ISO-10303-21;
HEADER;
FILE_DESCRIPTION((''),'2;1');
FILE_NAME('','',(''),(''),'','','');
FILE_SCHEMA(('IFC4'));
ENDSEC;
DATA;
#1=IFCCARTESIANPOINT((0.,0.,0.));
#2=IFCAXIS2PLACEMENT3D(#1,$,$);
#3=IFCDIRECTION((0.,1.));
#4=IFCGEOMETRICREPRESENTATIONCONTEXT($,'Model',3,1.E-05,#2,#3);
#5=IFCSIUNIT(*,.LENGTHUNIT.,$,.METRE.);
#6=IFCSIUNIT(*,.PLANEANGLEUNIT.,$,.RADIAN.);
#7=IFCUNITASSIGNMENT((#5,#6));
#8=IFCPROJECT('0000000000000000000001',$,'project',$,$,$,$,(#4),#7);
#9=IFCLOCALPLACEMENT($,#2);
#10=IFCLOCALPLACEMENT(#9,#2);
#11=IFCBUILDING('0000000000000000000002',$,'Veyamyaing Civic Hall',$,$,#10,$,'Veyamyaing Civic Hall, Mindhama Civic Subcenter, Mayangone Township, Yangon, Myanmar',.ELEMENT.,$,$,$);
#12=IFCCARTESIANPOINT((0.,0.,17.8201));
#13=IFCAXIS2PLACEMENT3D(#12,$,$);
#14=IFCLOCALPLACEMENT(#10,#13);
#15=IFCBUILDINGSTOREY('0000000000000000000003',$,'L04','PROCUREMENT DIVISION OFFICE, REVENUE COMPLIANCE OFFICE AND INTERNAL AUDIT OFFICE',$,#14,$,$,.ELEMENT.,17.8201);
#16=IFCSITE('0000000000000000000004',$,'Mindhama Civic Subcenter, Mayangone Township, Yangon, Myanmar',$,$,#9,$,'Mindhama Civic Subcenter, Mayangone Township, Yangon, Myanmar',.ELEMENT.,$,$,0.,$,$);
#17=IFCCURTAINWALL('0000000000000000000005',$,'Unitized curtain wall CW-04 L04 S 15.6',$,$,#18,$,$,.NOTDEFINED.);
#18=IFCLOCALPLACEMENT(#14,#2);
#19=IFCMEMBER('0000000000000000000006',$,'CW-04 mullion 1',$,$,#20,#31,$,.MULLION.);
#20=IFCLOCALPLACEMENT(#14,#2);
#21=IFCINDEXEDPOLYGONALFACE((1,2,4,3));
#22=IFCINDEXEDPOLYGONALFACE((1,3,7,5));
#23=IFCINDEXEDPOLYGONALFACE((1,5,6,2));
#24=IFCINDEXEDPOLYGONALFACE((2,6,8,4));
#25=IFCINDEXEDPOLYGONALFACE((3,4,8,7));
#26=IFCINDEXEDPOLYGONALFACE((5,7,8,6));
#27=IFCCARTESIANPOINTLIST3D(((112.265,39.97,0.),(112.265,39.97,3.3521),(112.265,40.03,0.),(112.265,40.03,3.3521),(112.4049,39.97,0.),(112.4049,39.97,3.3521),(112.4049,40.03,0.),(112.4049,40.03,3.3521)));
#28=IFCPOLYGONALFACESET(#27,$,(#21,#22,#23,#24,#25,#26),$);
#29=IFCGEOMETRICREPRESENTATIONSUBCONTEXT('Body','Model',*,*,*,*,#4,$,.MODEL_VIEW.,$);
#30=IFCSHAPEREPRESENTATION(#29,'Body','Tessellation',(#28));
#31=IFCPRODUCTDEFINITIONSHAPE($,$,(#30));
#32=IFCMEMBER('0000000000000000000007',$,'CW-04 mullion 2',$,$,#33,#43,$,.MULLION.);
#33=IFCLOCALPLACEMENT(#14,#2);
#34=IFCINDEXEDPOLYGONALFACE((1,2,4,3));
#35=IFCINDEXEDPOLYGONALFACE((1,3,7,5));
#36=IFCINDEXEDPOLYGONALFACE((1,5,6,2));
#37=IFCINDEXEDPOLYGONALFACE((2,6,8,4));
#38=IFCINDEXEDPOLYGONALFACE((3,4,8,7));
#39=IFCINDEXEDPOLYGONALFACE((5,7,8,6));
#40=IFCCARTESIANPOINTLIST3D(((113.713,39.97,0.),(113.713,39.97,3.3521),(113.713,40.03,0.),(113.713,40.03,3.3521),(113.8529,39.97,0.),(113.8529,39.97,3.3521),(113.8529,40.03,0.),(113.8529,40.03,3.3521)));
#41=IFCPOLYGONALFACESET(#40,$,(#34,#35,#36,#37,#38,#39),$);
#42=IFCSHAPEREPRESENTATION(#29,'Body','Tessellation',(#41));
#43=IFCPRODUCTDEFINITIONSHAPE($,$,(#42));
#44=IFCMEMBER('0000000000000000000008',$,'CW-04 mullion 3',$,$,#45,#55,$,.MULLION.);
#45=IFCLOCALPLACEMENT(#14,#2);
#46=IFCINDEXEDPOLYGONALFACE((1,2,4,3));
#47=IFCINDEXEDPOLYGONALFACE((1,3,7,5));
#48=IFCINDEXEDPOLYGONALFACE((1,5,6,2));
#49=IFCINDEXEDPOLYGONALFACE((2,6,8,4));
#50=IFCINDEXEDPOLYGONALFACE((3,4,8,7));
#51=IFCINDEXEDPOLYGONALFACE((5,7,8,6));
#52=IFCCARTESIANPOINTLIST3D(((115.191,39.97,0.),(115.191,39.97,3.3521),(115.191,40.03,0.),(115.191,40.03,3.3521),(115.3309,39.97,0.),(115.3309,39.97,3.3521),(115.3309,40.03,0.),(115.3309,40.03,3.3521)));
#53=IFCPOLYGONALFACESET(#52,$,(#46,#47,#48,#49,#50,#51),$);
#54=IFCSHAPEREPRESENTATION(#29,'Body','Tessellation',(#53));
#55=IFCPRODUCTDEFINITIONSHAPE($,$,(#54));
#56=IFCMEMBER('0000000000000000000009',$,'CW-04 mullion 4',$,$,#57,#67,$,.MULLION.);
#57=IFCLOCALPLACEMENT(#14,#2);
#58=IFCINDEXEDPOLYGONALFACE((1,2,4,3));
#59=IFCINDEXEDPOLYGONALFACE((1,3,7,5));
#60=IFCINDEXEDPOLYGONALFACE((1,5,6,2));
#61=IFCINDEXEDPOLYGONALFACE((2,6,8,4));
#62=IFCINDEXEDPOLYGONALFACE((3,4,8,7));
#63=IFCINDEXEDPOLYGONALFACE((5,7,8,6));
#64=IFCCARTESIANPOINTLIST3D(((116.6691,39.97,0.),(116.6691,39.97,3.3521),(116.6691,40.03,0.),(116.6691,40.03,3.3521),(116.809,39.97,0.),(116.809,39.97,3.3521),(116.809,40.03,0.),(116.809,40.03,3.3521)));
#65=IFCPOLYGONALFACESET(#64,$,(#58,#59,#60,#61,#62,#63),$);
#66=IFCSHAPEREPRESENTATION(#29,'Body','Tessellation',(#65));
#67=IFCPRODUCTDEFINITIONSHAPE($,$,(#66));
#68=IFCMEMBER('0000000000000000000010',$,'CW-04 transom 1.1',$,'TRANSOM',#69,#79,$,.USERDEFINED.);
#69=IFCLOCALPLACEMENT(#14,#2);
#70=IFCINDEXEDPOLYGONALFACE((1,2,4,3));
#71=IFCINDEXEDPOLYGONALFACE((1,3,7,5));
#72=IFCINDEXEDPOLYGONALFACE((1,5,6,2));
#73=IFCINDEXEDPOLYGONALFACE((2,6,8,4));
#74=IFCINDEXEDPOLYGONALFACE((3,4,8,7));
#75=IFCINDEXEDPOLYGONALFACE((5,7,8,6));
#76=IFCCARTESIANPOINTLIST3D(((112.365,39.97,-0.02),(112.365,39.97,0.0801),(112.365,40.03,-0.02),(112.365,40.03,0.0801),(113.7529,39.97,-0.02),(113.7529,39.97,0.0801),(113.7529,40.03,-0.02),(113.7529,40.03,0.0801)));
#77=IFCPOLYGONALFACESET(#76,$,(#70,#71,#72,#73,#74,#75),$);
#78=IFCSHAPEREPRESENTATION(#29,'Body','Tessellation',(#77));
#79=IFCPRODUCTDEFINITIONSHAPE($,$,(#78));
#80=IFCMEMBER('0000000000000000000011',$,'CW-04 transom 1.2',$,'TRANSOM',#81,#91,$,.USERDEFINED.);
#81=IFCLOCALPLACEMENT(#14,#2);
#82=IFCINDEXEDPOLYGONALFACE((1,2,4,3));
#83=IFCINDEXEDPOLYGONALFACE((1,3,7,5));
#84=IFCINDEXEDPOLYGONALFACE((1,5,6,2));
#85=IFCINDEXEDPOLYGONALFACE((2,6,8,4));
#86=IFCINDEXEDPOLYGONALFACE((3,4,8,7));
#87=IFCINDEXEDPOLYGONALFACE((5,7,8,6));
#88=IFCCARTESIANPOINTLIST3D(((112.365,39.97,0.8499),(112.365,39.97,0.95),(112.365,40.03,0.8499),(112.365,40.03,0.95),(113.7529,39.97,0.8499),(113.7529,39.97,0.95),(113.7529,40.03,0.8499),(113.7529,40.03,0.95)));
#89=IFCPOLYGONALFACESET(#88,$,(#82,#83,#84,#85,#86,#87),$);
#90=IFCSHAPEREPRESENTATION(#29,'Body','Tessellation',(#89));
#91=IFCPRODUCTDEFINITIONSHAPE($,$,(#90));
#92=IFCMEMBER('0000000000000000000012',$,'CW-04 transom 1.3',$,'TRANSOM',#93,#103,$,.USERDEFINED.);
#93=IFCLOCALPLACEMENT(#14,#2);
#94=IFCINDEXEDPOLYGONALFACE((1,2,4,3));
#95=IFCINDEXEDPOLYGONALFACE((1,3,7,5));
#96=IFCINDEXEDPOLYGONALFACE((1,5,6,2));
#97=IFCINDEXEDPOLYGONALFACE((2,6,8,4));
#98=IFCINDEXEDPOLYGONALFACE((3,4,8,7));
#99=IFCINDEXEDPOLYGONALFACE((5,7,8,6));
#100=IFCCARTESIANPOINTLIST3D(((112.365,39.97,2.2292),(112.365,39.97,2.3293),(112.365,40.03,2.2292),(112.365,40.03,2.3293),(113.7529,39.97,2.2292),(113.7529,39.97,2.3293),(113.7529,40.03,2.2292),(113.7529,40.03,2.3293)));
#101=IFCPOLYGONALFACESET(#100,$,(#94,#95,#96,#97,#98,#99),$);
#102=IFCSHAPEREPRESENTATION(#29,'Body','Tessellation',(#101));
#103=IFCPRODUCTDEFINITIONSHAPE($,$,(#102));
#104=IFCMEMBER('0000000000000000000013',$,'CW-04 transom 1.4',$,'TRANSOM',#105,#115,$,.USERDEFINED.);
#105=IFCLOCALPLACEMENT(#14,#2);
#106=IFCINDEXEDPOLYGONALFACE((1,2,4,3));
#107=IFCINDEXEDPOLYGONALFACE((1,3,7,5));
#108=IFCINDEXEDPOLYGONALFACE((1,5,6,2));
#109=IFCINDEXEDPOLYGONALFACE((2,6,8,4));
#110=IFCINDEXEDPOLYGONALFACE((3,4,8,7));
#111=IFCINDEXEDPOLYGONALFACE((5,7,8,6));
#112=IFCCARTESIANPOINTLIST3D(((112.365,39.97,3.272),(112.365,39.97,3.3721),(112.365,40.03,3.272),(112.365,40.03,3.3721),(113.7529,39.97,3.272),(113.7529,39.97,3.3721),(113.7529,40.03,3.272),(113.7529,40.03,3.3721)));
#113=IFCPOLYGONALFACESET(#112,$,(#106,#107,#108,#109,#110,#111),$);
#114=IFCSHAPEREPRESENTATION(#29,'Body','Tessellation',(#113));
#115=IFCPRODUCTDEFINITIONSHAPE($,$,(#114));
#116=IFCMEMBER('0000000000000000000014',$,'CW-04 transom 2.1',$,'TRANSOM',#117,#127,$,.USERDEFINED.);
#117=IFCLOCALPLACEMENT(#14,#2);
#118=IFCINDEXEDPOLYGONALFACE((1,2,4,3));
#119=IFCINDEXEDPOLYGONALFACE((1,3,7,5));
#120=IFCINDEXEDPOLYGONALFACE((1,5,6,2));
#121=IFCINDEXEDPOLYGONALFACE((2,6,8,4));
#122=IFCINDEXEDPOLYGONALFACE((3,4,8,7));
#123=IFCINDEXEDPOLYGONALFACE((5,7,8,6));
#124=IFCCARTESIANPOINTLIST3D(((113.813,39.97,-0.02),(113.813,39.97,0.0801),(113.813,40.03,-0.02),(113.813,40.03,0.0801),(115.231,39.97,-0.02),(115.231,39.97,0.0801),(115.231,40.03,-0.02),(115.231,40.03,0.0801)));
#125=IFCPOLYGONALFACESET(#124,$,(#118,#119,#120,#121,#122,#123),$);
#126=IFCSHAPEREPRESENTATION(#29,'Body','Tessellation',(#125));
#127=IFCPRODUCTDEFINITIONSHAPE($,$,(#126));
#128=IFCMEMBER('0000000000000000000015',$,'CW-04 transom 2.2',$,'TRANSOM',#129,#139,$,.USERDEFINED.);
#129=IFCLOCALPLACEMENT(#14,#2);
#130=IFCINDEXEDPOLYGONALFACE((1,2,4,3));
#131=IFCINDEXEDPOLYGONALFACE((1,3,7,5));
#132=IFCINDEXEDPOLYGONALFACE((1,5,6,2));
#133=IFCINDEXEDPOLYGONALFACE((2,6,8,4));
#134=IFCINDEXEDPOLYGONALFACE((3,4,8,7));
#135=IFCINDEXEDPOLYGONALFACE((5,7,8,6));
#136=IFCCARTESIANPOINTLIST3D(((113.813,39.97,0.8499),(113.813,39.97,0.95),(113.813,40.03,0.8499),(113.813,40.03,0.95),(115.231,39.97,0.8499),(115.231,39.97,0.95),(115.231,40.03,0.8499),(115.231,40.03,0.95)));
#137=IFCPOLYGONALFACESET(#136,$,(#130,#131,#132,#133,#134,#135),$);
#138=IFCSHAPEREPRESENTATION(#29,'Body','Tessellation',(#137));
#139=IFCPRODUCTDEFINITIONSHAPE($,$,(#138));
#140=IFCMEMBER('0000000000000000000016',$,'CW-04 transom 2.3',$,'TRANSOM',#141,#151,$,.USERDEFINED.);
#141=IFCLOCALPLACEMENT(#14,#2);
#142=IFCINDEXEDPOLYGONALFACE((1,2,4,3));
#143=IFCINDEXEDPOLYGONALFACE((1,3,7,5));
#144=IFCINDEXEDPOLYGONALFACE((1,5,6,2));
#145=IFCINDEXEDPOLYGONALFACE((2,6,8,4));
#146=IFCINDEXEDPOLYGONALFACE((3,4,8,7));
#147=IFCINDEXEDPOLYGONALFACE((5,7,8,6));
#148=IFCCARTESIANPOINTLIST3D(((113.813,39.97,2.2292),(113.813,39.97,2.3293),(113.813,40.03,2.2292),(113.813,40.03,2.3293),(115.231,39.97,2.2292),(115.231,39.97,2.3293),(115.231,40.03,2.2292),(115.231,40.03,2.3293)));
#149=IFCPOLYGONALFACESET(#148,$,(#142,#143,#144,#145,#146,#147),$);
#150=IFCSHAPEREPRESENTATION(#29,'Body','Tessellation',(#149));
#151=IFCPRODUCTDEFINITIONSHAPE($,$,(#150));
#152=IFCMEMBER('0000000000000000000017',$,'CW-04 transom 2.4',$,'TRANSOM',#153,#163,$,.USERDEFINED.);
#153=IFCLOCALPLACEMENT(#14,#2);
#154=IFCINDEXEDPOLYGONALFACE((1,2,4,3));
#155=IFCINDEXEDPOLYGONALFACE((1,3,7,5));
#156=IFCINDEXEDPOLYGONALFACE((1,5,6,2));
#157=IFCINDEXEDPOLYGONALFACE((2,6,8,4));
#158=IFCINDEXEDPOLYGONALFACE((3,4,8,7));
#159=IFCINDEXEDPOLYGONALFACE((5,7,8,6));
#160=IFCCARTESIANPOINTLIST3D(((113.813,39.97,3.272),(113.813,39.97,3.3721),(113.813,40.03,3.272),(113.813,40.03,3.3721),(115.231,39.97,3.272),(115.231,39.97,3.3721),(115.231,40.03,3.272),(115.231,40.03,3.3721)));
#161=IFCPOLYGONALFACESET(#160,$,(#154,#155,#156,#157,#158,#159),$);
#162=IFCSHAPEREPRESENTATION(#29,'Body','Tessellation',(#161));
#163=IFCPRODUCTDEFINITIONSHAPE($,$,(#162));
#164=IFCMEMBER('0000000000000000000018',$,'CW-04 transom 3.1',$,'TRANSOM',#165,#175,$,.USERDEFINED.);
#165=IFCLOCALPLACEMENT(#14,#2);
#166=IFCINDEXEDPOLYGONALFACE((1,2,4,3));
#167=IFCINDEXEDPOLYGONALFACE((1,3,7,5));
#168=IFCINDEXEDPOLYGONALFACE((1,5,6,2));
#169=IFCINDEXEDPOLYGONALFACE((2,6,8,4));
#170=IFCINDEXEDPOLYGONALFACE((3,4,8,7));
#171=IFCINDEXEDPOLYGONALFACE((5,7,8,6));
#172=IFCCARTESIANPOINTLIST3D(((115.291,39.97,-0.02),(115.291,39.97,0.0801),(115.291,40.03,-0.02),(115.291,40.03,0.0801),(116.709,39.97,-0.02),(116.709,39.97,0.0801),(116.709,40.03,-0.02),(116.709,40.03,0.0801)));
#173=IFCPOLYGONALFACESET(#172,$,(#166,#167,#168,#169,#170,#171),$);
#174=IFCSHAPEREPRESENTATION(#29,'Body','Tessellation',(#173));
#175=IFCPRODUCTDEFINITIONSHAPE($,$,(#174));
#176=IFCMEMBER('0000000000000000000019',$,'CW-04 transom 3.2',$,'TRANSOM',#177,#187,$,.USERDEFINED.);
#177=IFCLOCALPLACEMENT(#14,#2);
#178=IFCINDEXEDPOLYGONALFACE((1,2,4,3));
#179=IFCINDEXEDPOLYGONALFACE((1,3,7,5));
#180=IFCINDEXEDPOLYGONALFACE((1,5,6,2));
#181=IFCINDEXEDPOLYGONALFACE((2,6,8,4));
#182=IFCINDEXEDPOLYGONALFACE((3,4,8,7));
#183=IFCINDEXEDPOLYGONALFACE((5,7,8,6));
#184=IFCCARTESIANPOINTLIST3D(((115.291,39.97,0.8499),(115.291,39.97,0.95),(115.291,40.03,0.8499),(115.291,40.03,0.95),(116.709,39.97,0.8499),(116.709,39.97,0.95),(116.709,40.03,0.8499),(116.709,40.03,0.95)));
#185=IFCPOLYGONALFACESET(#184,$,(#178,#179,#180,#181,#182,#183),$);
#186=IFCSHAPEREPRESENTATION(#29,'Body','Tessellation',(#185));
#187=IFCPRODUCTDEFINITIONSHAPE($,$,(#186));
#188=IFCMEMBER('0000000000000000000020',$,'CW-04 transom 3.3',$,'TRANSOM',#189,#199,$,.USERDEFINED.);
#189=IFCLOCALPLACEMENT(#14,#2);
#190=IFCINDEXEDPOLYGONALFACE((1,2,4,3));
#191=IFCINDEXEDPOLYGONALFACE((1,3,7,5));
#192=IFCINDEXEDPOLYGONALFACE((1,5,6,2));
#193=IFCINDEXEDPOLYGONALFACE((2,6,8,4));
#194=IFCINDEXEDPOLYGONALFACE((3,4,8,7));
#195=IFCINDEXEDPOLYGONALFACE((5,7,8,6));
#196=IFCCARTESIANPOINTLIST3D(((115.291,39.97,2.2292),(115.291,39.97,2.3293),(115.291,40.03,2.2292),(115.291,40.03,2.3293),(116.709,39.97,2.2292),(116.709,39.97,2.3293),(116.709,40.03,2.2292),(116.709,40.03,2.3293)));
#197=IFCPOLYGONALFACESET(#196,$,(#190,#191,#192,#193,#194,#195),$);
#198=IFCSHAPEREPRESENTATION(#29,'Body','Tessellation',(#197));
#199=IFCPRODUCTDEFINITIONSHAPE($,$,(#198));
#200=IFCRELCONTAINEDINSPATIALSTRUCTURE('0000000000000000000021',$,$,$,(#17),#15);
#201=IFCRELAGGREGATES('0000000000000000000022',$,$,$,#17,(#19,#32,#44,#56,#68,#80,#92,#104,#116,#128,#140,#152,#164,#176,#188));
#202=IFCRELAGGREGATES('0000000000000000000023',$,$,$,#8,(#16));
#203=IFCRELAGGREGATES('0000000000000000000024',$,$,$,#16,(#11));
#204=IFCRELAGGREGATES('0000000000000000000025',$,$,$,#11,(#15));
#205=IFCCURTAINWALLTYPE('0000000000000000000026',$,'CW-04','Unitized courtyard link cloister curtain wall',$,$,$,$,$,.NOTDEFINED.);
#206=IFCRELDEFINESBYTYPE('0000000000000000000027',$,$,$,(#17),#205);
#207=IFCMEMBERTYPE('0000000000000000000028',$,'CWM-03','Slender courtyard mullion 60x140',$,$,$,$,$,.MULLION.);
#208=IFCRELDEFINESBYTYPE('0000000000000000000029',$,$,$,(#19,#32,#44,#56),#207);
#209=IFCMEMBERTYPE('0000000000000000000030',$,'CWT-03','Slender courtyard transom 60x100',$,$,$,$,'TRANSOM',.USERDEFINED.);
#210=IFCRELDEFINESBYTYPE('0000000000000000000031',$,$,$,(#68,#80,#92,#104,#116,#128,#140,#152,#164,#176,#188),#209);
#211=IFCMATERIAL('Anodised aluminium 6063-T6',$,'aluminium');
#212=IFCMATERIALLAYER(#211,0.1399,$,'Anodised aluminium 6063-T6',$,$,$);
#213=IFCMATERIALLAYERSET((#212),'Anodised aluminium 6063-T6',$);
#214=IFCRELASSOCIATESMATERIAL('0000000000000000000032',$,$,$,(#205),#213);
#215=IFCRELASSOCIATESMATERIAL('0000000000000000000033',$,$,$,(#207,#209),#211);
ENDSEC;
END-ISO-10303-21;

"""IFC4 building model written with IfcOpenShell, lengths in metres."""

from ifc_helpers import new_model, si_unit, direction, frame, origin, origin_2d, place, context, subcontext, project, spatial, rectangle, extrude, material, layer, layer_set, material_profile, profile_set, type_object, element, aggregate, save


model = new_model("IFC4")

# Units and contexts
model_context = context("Model", 3, precision=1e-05, world=origin(), true_north=direction((0.0, 1.0)))
body_context = subcontext(model_context, "Body", "Model", "MODEL_VIEW")
ifc_project = project(units=[si_unit("LENGTHUNIT", "METRE"), si_unit("PLANEANGLEUNIT", "RADIAN")], contexts=[model_context])

# Site, building, storey
site_placement = place(None, origin())
site = spatial("IfcSite", under=ifc_project, at=site_placement, Name="Mindhama Civic Subcenter, Mayangone Township, Yangon, Myanmar", LongName="Mindhama Civic Subcenter, Mayangone Township, Yangon, Myanmar", CompositionType="ELEMENT", RefElevation=0.0)
building_placement = place(site_placement, origin())
building = spatial("IfcBuilding", under=site, at=building_placement, Name="Veyamyaing Civic Hall", LongName="Veyamyaing Civic Hall, Mindhama Civic Subcenter, Mayangone Township, Yangon, Myanmar", CompositionType="ELEMENT")
storey_placement = place(building_placement, frame((0.0, 0.0, 17.8201)))
storey = spatial("IfcBuildingStorey", under=building, at=storey_placement, Name="L04", Description="PROCUREMENT DIVISION OFFICE, REVENUE COMPLIANCE OFFICE AND INTERNAL AUDIT OFFICE", CompositionType="ELEMENT", Elevation=17.8201)

# Curtain wall, members
ifc_material_1 = material(Name="Anodised aluminium 6063-T6", Category="aluminium")
ifc_layer_1 = layer(ifc_material_1, 0.1399, Name="Anodised aluminium 6063-T6")
ifc_layer_set_1 = layer_set([ifc_layer_1], Name="Anodised aluminium 6063-T6")
curtain_wall_type = type_object("IfcCurtainWallType", Name="CW-04", Description="Unitized courtyard link cloister curtain wall", PredefinedType="NOTDEFINED", material=ifc_layer_set_1)
curtain_wall_placement = place(storey_placement, origin())
curtain_wall = element("IfcCurtainWall", 1, at=curtain_wall_placement, inside=storey, type_object=curtain_wall_type, Name="Unitized curtain wall CW-04 L04 S 15.6", PredefinedType="NOTDEFINED")
ifc_material_profile_1 = material_profile(ifc_material_1, rectangle(XDim=0.0601, YDim=0.1399, at=origin_2d()), Name="ALU-MUL-60X140")
ifc_profile_set_1 = profile_set([ifc_material_profile_1], Name="Anodised aluminium 6063-T6")
member_type_1 = type_object("IfcMemberType", Name="CWM-03", Description="Slender courtyard mullion 60x140", PredefinedType="MULLION", material=ifc_profile_set_1)
member_1_placement = place(storey_placement, frame((112.335, 40.0, 0.0), z_axis=(0.0, 0.0, 1.0), x_axis=(0.0, 1.0, 0.0)))
member_1 = element("IfcMember", 2, at=member_1_placement, type_object=member_type_1, Name="CW-04 mullion 1", PredefinedType="MULLION", context=body_context, shape_type="SweptSolid", body=[
    extrude(rectangle(XDim=0.0601, YDim=0.1399, at=origin_2d()), origin(), (0.0, 0.0, 1.0), 3.3521),
])
member_2_placement = place(storey_placement, frame((113.783, 40.0, 0.0), z_axis=(0.0, 0.0, 1.0), x_axis=(0.0, 1.0, 0.0)))
member_2 = element("IfcMember", 3, at=member_2_placement, type_object=member_type_1, Name="CW-04 mullion 2", PredefinedType="MULLION", context=body_context, shape_type="SweptSolid", body=[
    extrude(rectangle(XDim=0.0601, YDim=0.1399, at=origin_2d()), origin(), (0.0, 0.0, 1.0), 3.3521),
])
member_3_placement = place(storey_placement, frame((115.261, 40.0, 0.0), z_axis=(0.0, 0.0, 1.0), x_axis=(0.0, 1.0, 0.0)))
member_3 = element("IfcMember", 4, at=member_3_placement, type_object=member_type_1, Name="CW-04 mullion 3", PredefinedType="MULLION", context=body_context, shape_type="SweptSolid", body=[
    extrude(rectangle(XDim=0.0601, YDim=0.1399, at=origin_2d()), origin(), (0.0, 0.0, 1.0), 3.3521),
])
member_4_placement = place(storey_placement, frame((116.739, 40.0, 0.0), z_axis=(0.0, 0.0, 1.0), x_axis=(0.0, 1.0, 0.0)))
member_4 = element("IfcMember", 5, at=member_4_placement, type_object=member_type_1, Name="CW-04 mullion 4", PredefinedType="MULLION", context=body_context, shape_type="SweptSolid", body=[
    extrude(rectangle(XDim=0.0601, YDim=0.1399, at=origin_2d()), origin(), (0.0, 0.0, 1.0), 3.3521),
])
ifc_material_profile_2 = material_profile(ifc_material_1, rectangle(XDim=0.0601, YDim=0.1001, at=origin_2d()), Name="ALU-TRN-60X100")
ifc_profile_set_2 = profile_set([ifc_material_profile_2], Name="Anodised aluminium 6063-T6")
member_type_2 = type_object("IfcMemberType", Name="CWT-03", Description="Slender courtyard transom 60x100", ElementType="TRANSOM", PredefinedType="USERDEFINED", material=ifc_profile_set_2)
member_5_placement = place(storey_placement, frame((112.365, 40.0, 0.03), z_axis=(1.0, 0.0, 0.0), x_axis=(0.0, 1.0, 0.0)))
member_5 = element("IfcMember", 6, at=member_5_placement, type_object=member_type_2, Name="CW-04 transom 1.1", ObjectType="TRANSOM", PredefinedType="USERDEFINED", context=body_context, shape_type="SweptSolid", body=[
    extrude(rectangle(XDim=0.0601, YDim=0.1001, at=origin_2d()), origin(), (0.0, 0.0, 1.0), 1.3879),
])
member_6_placement = place(storey_placement, frame((112.365, 40.0, 0.8999), z_axis=(1.0, 0.0, 0.0), x_axis=(0.0, 1.0, 0.0)))
member_6 = element("IfcMember", 7, at=member_6_placement, type_object=member_type_2, Name="CW-04 transom 1.2", ObjectType="TRANSOM", PredefinedType="USERDEFINED", context=body_context, shape_type="SweptSolid", body=[
    extrude(rectangle(XDim=0.0601, YDim=0.1001, at=origin_2d()), origin(), (0.0, 0.0, 1.0), 1.3879),
])
member_7_placement = place(storey_placement, frame((112.365, 40.0, 2.2793), z_axis=(1.0, 0.0, 0.0), x_axis=(0.0, 1.0, 0.0)))
member_7 = element("IfcMember", 8, at=member_7_placement, type_object=member_type_2, Name="CW-04 transom 1.3", ObjectType="TRANSOM", PredefinedType="USERDEFINED", context=body_context, shape_type="SweptSolid", body=[
    extrude(rectangle(XDim=0.0601, YDim=0.1001, at=origin_2d()), origin(), (0.0, 0.0, 1.0), 1.3879),
])
member_8_placement = place(storey_placement, frame((112.365, 40.0, 3.322), z_axis=(1.0, 0.0, 0.0), x_axis=(0.0, 1.0, 0.0)))
member_8 = element("IfcMember", 9, at=member_8_placement, type_object=member_type_2, Name="CW-04 transom 1.4", ObjectType="TRANSOM", PredefinedType="USERDEFINED", context=body_context, shape_type="SweptSolid", body=[
    extrude(rectangle(XDim=0.0601, YDim=0.1001, at=origin_2d()), origin(), (0.0, 0.0, 1.0), 1.3879),
])
member_9_placement = place(storey_placement, frame((113.813, 40.0, 0.03), z_axis=(1.0, 0.0, 0.0), x_axis=(0.0, 1.0, 0.0)))
member_9 = element("IfcMember", 10, at=member_9_placement, type_object=member_type_2, Name="CW-04 transom 2.1", ObjectType="TRANSOM", PredefinedType="USERDEFINED", context=body_context, shape_type="SweptSolid", body=[
    extrude(rectangle(XDim=0.0601, YDim=0.1001, at=origin_2d()), origin(), (0.0, 0.0, 1.0), 1.418),
])
member_10_placement = place(storey_placement, frame((113.813, 40.0, 0.8999), z_axis=(1.0, 0.0, 0.0), x_axis=(0.0, 1.0, 0.0)))
member_10 = element("IfcMember", 11, at=member_10_placement, type_object=member_type_2, Name="CW-04 transom 2.2", ObjectType="TRANSOM", PredefinedType="USERDEFINED", context=body_context, shape_type="SweptSolid", body=[
    extrude(rectangle(XDim=0.0601, YDim=0.1001, at=origin_2d()), origin(), (0.0, 0.0, 1.0), 1.418),
])
member_11_placement = place(storey_placement, frame((113.813, 40.0, 2.2793), z_axis=(1.0, 0.0, 0.0), x_axis=(0.0, 1.0, 0.0)))
member_11 = element("IfcMember", 12, at=member_11_placement, type_object=member_type_2, Name="CW-04 transom 2.3", ObjectType="TRANSOM", PredefinedType="USERDEFINED", context=body_context, shape_type="SweptSolid", body=[
    extrude(rectangle(XDim=0.0601, YDim=0.1001, at=origin_2d()), origin(), (0.0, 0.0, 1.0), 1.418),
])
member_12_placement = place(storey_placement, frame((113.813, 40.0, 3.322), z_axis=(1.0, 0.0, 0.0), x_axis=(0.0, 1.0, 0.0)))
member_12 = element("IfcMember", 13, at=member_12_placement, type_object=member_type_2, Name="CW-04 transom 2.4", ObjectType="TRANSOM", PredefinedType="USERDEFINED", context=body_context, shape_type="SweptSolid", body=[
    extrude(rectangle(XDim=0.0601, YDim=0.1001, at=origin_2d()), origin(), (0.0, 0.0, 1.0), 1.418),
])
member_13_placement = place(storey_placement, frame((115.291, 40.0, 0.03), z_axis=(1.0, 0.0, 0.0), x_axis=(0.0, 1.0, 0.0)))
member_13 = element("IfcMember", 14, at=member_13_placement, type_object=member_type_2, Name="CW-04 transom 3.1", ObjectType="TRANSOM", PredefinedType="USERDEFINED", context=body_context, shape_type="SweptSolid", body=[
    extrude(rectangle(XDim=0.0601, YDim=0.1001, at=origin_2d()), origin(), (0.0, 0.0, 1.0), 1.418),
])
member_14_placement = place(storey_placement, frame((115.291, 40.0, 0.8999), z_axis=(1.0, 0.0, 0.0), x_axis=(0.0, 1.0, 0.0)))
member_14 = element("IfcMember", 15, at=member_14_placement, type_object=member_type_2, Name="CW-04 transom 3.2", ObjectType="TRANSOM", PredefinedType="USERDEFINED", context=body_context, shape_type="SweptSolid", body=[
    extrude(rectangle(XDim=0.0601, YDim=0.1001, at=origin_2d()), origin(), (0.0, 0.0, 1.0), 1.418),
])
member_15_placement = place(storey_placement, frame((115.291, 40.0, 2.2793), z_axis=(1.0, 0.0, 0.0), x_axis=(0.0, 1.0, 0.0)))
member_15 = element("IfcMember", 16, at=member_15_placement, type_object=member_type_2, Name="CW-04 transom 3.3", ObjectType="TRANSOM", PredefinedType="USERDEFINED", context=body_context, shape_type="SweptSolid", body=[
    extrude(rectangle(XDim=0.0601, YDim=0.1001, at=origin_2d()), origin(), (0.0, 0.0, 1.0), 1.418),
])
aggregate(curtain_wall, [member_1, member_2, member_3, member_4, member_5, member_6, member_7, member_8, member_9, member_10, member_11, member_12, member_13, member_14, member_15])

save(model, "model.ifc")
